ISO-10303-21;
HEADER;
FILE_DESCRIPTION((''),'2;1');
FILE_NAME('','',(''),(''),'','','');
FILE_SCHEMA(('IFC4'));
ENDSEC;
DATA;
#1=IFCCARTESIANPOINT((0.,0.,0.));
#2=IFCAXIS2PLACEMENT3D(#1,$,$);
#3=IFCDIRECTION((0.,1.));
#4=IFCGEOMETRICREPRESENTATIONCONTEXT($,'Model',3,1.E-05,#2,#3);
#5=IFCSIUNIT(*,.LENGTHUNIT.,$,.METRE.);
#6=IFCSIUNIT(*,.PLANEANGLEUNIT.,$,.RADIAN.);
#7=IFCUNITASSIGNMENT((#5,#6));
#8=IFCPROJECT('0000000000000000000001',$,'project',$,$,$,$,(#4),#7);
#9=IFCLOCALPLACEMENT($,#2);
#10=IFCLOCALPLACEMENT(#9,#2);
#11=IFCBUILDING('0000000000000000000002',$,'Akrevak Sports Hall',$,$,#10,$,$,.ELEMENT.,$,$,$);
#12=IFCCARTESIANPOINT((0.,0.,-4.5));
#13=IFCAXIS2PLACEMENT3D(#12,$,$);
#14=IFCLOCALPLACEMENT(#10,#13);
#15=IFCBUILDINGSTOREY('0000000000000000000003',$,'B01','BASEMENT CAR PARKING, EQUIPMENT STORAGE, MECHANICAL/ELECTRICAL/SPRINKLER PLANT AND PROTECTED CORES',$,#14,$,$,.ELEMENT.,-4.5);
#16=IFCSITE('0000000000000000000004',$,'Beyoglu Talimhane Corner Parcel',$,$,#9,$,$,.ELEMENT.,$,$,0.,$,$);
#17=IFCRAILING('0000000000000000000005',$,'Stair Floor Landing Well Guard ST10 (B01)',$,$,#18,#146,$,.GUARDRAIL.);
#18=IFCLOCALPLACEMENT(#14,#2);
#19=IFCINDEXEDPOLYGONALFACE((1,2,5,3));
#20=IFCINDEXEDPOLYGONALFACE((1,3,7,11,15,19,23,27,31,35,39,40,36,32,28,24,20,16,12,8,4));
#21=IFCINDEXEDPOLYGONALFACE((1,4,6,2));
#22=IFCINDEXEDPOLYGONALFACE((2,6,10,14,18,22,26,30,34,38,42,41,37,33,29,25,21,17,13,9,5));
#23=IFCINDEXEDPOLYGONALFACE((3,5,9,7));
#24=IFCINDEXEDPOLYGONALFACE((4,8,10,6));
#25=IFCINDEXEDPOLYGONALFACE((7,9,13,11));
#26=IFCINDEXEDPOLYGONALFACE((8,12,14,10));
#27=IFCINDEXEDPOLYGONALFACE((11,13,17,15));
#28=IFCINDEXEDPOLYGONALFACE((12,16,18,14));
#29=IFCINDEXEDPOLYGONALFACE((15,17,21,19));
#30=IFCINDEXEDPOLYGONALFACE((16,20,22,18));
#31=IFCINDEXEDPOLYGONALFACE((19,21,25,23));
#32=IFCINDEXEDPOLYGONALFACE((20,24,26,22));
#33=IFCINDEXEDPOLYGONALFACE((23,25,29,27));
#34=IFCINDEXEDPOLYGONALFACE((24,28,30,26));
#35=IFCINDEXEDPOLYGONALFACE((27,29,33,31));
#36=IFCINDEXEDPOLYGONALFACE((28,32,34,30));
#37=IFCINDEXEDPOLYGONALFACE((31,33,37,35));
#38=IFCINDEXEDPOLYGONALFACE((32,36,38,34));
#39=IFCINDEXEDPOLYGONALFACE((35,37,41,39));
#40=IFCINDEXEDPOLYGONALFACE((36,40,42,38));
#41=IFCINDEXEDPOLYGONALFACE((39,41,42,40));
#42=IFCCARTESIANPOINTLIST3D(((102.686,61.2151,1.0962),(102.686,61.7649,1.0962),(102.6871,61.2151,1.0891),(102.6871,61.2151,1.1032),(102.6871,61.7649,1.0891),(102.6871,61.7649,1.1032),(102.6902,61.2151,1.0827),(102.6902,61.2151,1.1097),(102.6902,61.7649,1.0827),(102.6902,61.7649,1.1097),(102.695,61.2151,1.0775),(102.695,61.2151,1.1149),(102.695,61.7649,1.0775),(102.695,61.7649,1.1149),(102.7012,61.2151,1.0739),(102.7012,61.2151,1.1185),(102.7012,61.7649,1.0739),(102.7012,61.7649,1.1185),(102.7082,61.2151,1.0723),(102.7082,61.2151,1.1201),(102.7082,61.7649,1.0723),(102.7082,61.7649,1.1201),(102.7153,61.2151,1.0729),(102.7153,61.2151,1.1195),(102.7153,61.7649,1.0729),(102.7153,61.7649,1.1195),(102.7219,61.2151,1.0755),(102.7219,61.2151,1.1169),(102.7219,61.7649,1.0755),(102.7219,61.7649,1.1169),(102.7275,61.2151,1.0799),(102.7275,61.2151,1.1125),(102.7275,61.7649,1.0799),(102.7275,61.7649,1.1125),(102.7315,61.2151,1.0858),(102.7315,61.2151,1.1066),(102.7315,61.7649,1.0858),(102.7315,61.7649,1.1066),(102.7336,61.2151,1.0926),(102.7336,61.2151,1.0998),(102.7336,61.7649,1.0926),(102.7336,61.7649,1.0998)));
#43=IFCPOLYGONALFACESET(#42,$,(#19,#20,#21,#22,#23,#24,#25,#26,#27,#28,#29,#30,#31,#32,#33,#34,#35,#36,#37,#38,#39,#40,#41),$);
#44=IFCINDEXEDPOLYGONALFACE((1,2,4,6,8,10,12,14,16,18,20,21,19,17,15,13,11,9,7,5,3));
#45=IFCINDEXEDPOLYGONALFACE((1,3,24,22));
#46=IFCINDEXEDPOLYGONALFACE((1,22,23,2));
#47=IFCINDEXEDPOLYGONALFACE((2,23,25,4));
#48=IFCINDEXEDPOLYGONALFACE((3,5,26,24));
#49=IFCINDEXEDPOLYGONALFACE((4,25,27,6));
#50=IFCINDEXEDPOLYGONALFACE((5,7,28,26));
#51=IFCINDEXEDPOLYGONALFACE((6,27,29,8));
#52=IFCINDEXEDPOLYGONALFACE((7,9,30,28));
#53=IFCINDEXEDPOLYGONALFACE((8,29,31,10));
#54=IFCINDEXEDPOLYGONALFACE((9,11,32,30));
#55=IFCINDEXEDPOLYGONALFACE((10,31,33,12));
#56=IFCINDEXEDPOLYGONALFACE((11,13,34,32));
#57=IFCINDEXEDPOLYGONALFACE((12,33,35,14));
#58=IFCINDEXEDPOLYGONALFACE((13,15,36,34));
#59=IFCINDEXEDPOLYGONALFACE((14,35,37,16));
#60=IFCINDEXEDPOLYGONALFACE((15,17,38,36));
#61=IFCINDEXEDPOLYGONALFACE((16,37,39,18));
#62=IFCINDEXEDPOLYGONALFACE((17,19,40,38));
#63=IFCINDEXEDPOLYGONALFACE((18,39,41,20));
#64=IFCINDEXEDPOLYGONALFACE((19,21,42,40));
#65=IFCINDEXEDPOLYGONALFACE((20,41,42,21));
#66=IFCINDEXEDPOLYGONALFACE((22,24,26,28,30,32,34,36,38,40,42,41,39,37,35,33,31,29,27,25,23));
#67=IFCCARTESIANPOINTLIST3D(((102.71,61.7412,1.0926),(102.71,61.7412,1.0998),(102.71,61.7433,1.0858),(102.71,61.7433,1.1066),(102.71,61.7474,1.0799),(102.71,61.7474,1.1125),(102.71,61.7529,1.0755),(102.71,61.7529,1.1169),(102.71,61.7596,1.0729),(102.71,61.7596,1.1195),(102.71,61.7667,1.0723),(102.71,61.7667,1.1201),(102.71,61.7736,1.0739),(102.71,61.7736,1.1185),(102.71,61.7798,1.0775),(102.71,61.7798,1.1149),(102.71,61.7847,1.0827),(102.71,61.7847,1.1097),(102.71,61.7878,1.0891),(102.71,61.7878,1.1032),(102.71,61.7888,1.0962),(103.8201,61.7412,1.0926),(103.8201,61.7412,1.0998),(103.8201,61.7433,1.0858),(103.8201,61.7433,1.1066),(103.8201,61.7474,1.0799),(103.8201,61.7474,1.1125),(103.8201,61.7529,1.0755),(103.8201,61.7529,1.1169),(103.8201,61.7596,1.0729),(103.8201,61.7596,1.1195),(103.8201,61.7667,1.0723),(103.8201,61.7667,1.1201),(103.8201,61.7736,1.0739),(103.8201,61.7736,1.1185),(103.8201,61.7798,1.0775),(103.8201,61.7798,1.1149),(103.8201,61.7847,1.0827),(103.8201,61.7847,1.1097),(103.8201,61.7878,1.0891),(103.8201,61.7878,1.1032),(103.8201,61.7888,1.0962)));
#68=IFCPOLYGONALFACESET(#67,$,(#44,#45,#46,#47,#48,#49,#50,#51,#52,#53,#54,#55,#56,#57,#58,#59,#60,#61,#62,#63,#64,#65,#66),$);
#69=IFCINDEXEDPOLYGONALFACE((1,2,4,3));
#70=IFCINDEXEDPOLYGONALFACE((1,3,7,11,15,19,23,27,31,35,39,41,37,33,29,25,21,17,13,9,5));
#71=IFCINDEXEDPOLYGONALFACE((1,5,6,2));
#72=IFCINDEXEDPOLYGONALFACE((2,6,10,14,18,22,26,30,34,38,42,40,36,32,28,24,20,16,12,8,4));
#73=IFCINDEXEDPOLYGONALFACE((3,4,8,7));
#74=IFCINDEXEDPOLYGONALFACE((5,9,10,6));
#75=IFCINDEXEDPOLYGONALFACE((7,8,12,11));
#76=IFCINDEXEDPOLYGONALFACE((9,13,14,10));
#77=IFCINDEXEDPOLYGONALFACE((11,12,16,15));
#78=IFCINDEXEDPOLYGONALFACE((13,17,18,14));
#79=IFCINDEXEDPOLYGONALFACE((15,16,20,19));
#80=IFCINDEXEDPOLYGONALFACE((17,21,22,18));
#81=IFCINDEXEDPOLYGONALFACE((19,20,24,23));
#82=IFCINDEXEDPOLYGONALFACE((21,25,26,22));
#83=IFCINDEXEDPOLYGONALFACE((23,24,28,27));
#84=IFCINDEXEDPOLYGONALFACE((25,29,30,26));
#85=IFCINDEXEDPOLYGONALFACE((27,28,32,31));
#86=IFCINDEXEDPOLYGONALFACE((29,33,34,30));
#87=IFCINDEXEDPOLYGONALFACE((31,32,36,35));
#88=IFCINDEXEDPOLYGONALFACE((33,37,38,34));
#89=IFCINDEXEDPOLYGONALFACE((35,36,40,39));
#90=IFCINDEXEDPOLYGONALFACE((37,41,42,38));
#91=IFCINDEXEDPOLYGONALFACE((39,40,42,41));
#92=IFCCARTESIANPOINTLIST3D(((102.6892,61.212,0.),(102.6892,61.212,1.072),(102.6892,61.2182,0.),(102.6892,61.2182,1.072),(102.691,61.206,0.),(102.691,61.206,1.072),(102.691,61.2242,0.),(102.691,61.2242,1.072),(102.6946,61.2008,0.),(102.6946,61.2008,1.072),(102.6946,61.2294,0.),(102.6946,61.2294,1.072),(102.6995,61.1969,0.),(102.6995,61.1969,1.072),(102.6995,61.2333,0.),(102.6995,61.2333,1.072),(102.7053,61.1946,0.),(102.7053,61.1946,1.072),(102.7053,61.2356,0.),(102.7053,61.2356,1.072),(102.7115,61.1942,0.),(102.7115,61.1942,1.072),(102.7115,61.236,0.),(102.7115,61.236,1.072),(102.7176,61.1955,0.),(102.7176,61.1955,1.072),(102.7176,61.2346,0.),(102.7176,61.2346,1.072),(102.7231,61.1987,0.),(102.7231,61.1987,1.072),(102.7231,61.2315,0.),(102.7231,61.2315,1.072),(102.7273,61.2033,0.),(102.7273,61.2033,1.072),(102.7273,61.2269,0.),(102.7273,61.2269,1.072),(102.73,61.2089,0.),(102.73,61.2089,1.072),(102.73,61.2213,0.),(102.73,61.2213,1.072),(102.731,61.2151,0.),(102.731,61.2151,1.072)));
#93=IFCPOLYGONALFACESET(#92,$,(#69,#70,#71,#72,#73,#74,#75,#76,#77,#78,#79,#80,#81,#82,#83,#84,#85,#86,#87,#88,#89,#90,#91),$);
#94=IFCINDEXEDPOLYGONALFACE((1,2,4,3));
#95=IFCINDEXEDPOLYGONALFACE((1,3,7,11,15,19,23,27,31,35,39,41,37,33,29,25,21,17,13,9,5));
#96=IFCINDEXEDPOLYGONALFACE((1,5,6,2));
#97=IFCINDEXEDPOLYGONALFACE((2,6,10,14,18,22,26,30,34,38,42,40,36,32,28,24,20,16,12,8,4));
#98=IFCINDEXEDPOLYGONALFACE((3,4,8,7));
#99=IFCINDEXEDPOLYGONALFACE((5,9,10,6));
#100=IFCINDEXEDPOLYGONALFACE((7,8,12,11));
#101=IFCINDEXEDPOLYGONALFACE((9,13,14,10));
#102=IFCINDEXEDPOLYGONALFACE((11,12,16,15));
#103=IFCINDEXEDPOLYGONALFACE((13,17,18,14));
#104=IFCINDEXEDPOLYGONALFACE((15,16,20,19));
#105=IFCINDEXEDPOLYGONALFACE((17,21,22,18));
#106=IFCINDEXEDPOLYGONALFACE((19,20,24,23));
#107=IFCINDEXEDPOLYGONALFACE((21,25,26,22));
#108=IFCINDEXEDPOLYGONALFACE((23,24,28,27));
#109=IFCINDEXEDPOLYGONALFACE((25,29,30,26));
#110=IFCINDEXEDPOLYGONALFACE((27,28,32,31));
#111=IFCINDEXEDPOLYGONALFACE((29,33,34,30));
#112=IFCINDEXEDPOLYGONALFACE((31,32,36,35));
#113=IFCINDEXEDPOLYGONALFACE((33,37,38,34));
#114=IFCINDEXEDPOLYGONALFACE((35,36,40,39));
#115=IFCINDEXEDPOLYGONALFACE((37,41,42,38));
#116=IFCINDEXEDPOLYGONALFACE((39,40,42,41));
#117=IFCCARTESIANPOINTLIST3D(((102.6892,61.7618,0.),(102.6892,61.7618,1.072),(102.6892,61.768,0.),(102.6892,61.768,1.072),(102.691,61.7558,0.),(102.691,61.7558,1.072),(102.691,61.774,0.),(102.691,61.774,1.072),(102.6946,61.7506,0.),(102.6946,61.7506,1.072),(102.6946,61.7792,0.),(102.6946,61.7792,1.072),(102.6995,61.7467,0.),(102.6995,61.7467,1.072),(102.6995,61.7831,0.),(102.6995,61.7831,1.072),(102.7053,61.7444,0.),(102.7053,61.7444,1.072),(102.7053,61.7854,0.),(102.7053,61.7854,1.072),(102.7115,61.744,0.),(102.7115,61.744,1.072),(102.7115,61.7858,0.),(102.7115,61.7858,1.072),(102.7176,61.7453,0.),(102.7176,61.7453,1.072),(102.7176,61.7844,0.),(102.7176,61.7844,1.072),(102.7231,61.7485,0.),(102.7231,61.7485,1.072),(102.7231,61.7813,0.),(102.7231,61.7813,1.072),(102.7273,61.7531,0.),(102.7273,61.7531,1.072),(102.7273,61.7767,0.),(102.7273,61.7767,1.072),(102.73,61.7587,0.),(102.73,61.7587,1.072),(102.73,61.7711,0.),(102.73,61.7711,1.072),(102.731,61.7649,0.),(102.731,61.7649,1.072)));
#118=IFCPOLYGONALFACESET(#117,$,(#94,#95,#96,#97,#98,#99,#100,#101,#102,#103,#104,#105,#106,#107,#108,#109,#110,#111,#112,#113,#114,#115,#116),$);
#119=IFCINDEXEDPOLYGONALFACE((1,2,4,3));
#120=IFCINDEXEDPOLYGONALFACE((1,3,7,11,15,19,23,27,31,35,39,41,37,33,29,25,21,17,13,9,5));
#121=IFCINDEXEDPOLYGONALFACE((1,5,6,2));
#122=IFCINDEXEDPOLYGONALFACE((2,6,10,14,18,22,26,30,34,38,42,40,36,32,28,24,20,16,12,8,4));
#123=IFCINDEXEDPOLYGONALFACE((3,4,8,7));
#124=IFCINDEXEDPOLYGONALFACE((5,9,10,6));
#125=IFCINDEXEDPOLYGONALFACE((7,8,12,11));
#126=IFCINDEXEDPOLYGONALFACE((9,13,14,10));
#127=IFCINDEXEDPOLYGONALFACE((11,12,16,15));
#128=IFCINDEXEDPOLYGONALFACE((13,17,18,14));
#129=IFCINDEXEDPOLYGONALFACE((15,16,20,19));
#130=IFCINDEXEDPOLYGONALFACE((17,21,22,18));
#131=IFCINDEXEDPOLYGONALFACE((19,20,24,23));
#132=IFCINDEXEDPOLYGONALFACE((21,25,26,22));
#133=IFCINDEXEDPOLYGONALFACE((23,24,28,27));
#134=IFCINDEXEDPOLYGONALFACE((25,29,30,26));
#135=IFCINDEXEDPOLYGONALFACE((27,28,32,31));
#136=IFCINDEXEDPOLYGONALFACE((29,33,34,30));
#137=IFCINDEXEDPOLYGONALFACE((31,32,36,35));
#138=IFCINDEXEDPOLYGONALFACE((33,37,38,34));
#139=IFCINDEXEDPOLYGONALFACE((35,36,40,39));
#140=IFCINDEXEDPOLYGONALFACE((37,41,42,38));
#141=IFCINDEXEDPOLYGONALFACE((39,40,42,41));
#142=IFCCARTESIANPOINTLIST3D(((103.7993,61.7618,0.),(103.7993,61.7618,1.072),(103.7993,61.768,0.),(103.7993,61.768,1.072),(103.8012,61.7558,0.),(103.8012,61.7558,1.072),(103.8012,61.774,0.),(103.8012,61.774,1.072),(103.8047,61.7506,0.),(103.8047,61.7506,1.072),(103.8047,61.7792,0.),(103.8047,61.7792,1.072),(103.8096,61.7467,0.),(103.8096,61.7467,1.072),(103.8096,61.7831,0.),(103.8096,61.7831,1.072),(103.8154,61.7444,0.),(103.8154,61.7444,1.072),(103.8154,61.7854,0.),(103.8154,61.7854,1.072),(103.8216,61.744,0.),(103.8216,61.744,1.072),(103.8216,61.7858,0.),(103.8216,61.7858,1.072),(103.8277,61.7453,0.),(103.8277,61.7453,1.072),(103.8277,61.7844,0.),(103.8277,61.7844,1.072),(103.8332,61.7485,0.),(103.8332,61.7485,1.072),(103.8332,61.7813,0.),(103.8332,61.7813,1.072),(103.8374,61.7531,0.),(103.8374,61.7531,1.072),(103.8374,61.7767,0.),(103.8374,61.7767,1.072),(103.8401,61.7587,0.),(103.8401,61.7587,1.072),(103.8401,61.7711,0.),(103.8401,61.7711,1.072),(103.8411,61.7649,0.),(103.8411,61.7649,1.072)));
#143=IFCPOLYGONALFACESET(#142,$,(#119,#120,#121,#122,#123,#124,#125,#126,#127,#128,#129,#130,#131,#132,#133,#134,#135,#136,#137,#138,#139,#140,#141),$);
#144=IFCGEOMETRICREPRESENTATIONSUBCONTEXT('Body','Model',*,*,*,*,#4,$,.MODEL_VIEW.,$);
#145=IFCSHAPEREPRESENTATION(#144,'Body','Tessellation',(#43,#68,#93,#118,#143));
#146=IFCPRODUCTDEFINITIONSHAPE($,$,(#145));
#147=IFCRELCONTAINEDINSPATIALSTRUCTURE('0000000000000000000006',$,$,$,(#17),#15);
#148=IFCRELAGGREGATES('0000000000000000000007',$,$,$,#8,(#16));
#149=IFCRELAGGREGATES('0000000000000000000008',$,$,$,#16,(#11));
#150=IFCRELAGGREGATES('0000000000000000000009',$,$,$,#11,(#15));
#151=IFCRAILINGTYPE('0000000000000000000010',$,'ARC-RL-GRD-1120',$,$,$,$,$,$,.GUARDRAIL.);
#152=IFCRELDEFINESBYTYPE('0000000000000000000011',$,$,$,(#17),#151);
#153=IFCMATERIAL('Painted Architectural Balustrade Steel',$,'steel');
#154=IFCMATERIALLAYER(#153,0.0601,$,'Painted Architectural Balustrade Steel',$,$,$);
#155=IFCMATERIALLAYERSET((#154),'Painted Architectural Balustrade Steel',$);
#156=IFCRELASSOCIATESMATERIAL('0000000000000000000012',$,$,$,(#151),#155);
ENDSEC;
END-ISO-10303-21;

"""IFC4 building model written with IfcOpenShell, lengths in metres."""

from ifc_helpers import new_model, si_unit, direction, frame, origin, origin_2d, place, context, subcontext, project, spatial, circle, extrude, material, layer, layer_set, type_object, element, save


model = new_model("IFC4")

# Units and contexts
model_context = context("Model", 3, precision=1e-05, world=origin(), true_north=direction((0.0, 1.0)))
body_context = subcontext(model_context, "Body", "Model", "MODEL_VIEW")
ifc_project = project(units=[si_unit("LENGTHUNIT", "METRE"), si_unit("PLANEANGLEUNIT", "RADIAN")], contexts=[model_context])

# Site, building, storey
site_placement = place(None, origin())
site = spatial("IfcSite", under=ifc_project, at=site_placement, Name="Beyoglu Talimhane Corner Parcel", CompositionType="ELEMENT", RefElevation=0.0)
building_placement = place(site_placement, origin())
building = spatial("IfcBuilding", under=site, at=building_placement, Name="Akrevak Sports Hall", CompositionType="ELEMENT")
storey_placement = place(building_placement, frame((0.0, 0.0, -4.5)))
storey = spatial("IfcBuildingStorey", under=building, at=storey_placement, Name="B01", Description="BASEMENT CAR PARKING, EQUIPMENT STORAGE, MECHANICAL/ELECTRICAL/SPRINKLER PLANT AND PROTECTED CORES", CompositionType="ELEMENT", Elevation=-4.5)

# Railing
ifc_material_1 = material(Name="Painted Architectural Balustrade Steel", Category="steel")
ifc_layer_1 = layer(ifc_material_1, 0.0601, Name="Painted Architectural Balustrade Steel")
ifc_layer_set_1 = layer_set([ifc_layer_1], Name="Painted Architectural Balustrade Steel")
railing_type_1 = type_object("IfcRailingType", Name="ARC-RL-GRD-1120", PredefinedType="GUARDRAIL", material=ifc_layer_set_1)
for number, where, name in (
    (1, (102.71, 61.2151, 0.0), "Stair Floor Landing Well Guard ST10 (B01)"),
):
    element("IfcRailing", number, at=place(storey_placement, frame(where)), inside=storey, type_object=railing_type_1, Name=name, PredefinedType="GUARDRAIL", context=body_context, shape_type="SweptSolid", body=[
        extrude(circle(Radius=0.0239, at=origin_2d()), frame((0.0, 0.0, 1.0962), z_axis=(0.0, 1.0, 0.0), x_axis=(-1.0, 0.0, 0.0)), (0.0, 0.0, 1.0), 0.5498),
        extrude(circle(Radius=0.0239, at=origin_2d()), frame((0.0, 0.5498, 1.0962), z_axis=(1.0, 0.0, 0.0), x_axis=(0.0, 1.0, 0.0)), (0.0, 0.0, 1.0), 1.1101),
        extrude(circle(Radius=0.021, at=origin_2d()), origin(), (0.0, 0.0, 1.0), 1.072),
        extrude(circle(Radius=0.021, at=origin_2d()), frame((0.0, 0.5498, 0.0)), (0.0, 0.0, 1.0), 1.072),
        extrude(circle(Radius=0.021, at=origin_2d()), frame((1.1101, 0.5498, 0.0)), (0.0, 0.0, 1.0), 1.072),
    ])

save(model, "model.ifc")
